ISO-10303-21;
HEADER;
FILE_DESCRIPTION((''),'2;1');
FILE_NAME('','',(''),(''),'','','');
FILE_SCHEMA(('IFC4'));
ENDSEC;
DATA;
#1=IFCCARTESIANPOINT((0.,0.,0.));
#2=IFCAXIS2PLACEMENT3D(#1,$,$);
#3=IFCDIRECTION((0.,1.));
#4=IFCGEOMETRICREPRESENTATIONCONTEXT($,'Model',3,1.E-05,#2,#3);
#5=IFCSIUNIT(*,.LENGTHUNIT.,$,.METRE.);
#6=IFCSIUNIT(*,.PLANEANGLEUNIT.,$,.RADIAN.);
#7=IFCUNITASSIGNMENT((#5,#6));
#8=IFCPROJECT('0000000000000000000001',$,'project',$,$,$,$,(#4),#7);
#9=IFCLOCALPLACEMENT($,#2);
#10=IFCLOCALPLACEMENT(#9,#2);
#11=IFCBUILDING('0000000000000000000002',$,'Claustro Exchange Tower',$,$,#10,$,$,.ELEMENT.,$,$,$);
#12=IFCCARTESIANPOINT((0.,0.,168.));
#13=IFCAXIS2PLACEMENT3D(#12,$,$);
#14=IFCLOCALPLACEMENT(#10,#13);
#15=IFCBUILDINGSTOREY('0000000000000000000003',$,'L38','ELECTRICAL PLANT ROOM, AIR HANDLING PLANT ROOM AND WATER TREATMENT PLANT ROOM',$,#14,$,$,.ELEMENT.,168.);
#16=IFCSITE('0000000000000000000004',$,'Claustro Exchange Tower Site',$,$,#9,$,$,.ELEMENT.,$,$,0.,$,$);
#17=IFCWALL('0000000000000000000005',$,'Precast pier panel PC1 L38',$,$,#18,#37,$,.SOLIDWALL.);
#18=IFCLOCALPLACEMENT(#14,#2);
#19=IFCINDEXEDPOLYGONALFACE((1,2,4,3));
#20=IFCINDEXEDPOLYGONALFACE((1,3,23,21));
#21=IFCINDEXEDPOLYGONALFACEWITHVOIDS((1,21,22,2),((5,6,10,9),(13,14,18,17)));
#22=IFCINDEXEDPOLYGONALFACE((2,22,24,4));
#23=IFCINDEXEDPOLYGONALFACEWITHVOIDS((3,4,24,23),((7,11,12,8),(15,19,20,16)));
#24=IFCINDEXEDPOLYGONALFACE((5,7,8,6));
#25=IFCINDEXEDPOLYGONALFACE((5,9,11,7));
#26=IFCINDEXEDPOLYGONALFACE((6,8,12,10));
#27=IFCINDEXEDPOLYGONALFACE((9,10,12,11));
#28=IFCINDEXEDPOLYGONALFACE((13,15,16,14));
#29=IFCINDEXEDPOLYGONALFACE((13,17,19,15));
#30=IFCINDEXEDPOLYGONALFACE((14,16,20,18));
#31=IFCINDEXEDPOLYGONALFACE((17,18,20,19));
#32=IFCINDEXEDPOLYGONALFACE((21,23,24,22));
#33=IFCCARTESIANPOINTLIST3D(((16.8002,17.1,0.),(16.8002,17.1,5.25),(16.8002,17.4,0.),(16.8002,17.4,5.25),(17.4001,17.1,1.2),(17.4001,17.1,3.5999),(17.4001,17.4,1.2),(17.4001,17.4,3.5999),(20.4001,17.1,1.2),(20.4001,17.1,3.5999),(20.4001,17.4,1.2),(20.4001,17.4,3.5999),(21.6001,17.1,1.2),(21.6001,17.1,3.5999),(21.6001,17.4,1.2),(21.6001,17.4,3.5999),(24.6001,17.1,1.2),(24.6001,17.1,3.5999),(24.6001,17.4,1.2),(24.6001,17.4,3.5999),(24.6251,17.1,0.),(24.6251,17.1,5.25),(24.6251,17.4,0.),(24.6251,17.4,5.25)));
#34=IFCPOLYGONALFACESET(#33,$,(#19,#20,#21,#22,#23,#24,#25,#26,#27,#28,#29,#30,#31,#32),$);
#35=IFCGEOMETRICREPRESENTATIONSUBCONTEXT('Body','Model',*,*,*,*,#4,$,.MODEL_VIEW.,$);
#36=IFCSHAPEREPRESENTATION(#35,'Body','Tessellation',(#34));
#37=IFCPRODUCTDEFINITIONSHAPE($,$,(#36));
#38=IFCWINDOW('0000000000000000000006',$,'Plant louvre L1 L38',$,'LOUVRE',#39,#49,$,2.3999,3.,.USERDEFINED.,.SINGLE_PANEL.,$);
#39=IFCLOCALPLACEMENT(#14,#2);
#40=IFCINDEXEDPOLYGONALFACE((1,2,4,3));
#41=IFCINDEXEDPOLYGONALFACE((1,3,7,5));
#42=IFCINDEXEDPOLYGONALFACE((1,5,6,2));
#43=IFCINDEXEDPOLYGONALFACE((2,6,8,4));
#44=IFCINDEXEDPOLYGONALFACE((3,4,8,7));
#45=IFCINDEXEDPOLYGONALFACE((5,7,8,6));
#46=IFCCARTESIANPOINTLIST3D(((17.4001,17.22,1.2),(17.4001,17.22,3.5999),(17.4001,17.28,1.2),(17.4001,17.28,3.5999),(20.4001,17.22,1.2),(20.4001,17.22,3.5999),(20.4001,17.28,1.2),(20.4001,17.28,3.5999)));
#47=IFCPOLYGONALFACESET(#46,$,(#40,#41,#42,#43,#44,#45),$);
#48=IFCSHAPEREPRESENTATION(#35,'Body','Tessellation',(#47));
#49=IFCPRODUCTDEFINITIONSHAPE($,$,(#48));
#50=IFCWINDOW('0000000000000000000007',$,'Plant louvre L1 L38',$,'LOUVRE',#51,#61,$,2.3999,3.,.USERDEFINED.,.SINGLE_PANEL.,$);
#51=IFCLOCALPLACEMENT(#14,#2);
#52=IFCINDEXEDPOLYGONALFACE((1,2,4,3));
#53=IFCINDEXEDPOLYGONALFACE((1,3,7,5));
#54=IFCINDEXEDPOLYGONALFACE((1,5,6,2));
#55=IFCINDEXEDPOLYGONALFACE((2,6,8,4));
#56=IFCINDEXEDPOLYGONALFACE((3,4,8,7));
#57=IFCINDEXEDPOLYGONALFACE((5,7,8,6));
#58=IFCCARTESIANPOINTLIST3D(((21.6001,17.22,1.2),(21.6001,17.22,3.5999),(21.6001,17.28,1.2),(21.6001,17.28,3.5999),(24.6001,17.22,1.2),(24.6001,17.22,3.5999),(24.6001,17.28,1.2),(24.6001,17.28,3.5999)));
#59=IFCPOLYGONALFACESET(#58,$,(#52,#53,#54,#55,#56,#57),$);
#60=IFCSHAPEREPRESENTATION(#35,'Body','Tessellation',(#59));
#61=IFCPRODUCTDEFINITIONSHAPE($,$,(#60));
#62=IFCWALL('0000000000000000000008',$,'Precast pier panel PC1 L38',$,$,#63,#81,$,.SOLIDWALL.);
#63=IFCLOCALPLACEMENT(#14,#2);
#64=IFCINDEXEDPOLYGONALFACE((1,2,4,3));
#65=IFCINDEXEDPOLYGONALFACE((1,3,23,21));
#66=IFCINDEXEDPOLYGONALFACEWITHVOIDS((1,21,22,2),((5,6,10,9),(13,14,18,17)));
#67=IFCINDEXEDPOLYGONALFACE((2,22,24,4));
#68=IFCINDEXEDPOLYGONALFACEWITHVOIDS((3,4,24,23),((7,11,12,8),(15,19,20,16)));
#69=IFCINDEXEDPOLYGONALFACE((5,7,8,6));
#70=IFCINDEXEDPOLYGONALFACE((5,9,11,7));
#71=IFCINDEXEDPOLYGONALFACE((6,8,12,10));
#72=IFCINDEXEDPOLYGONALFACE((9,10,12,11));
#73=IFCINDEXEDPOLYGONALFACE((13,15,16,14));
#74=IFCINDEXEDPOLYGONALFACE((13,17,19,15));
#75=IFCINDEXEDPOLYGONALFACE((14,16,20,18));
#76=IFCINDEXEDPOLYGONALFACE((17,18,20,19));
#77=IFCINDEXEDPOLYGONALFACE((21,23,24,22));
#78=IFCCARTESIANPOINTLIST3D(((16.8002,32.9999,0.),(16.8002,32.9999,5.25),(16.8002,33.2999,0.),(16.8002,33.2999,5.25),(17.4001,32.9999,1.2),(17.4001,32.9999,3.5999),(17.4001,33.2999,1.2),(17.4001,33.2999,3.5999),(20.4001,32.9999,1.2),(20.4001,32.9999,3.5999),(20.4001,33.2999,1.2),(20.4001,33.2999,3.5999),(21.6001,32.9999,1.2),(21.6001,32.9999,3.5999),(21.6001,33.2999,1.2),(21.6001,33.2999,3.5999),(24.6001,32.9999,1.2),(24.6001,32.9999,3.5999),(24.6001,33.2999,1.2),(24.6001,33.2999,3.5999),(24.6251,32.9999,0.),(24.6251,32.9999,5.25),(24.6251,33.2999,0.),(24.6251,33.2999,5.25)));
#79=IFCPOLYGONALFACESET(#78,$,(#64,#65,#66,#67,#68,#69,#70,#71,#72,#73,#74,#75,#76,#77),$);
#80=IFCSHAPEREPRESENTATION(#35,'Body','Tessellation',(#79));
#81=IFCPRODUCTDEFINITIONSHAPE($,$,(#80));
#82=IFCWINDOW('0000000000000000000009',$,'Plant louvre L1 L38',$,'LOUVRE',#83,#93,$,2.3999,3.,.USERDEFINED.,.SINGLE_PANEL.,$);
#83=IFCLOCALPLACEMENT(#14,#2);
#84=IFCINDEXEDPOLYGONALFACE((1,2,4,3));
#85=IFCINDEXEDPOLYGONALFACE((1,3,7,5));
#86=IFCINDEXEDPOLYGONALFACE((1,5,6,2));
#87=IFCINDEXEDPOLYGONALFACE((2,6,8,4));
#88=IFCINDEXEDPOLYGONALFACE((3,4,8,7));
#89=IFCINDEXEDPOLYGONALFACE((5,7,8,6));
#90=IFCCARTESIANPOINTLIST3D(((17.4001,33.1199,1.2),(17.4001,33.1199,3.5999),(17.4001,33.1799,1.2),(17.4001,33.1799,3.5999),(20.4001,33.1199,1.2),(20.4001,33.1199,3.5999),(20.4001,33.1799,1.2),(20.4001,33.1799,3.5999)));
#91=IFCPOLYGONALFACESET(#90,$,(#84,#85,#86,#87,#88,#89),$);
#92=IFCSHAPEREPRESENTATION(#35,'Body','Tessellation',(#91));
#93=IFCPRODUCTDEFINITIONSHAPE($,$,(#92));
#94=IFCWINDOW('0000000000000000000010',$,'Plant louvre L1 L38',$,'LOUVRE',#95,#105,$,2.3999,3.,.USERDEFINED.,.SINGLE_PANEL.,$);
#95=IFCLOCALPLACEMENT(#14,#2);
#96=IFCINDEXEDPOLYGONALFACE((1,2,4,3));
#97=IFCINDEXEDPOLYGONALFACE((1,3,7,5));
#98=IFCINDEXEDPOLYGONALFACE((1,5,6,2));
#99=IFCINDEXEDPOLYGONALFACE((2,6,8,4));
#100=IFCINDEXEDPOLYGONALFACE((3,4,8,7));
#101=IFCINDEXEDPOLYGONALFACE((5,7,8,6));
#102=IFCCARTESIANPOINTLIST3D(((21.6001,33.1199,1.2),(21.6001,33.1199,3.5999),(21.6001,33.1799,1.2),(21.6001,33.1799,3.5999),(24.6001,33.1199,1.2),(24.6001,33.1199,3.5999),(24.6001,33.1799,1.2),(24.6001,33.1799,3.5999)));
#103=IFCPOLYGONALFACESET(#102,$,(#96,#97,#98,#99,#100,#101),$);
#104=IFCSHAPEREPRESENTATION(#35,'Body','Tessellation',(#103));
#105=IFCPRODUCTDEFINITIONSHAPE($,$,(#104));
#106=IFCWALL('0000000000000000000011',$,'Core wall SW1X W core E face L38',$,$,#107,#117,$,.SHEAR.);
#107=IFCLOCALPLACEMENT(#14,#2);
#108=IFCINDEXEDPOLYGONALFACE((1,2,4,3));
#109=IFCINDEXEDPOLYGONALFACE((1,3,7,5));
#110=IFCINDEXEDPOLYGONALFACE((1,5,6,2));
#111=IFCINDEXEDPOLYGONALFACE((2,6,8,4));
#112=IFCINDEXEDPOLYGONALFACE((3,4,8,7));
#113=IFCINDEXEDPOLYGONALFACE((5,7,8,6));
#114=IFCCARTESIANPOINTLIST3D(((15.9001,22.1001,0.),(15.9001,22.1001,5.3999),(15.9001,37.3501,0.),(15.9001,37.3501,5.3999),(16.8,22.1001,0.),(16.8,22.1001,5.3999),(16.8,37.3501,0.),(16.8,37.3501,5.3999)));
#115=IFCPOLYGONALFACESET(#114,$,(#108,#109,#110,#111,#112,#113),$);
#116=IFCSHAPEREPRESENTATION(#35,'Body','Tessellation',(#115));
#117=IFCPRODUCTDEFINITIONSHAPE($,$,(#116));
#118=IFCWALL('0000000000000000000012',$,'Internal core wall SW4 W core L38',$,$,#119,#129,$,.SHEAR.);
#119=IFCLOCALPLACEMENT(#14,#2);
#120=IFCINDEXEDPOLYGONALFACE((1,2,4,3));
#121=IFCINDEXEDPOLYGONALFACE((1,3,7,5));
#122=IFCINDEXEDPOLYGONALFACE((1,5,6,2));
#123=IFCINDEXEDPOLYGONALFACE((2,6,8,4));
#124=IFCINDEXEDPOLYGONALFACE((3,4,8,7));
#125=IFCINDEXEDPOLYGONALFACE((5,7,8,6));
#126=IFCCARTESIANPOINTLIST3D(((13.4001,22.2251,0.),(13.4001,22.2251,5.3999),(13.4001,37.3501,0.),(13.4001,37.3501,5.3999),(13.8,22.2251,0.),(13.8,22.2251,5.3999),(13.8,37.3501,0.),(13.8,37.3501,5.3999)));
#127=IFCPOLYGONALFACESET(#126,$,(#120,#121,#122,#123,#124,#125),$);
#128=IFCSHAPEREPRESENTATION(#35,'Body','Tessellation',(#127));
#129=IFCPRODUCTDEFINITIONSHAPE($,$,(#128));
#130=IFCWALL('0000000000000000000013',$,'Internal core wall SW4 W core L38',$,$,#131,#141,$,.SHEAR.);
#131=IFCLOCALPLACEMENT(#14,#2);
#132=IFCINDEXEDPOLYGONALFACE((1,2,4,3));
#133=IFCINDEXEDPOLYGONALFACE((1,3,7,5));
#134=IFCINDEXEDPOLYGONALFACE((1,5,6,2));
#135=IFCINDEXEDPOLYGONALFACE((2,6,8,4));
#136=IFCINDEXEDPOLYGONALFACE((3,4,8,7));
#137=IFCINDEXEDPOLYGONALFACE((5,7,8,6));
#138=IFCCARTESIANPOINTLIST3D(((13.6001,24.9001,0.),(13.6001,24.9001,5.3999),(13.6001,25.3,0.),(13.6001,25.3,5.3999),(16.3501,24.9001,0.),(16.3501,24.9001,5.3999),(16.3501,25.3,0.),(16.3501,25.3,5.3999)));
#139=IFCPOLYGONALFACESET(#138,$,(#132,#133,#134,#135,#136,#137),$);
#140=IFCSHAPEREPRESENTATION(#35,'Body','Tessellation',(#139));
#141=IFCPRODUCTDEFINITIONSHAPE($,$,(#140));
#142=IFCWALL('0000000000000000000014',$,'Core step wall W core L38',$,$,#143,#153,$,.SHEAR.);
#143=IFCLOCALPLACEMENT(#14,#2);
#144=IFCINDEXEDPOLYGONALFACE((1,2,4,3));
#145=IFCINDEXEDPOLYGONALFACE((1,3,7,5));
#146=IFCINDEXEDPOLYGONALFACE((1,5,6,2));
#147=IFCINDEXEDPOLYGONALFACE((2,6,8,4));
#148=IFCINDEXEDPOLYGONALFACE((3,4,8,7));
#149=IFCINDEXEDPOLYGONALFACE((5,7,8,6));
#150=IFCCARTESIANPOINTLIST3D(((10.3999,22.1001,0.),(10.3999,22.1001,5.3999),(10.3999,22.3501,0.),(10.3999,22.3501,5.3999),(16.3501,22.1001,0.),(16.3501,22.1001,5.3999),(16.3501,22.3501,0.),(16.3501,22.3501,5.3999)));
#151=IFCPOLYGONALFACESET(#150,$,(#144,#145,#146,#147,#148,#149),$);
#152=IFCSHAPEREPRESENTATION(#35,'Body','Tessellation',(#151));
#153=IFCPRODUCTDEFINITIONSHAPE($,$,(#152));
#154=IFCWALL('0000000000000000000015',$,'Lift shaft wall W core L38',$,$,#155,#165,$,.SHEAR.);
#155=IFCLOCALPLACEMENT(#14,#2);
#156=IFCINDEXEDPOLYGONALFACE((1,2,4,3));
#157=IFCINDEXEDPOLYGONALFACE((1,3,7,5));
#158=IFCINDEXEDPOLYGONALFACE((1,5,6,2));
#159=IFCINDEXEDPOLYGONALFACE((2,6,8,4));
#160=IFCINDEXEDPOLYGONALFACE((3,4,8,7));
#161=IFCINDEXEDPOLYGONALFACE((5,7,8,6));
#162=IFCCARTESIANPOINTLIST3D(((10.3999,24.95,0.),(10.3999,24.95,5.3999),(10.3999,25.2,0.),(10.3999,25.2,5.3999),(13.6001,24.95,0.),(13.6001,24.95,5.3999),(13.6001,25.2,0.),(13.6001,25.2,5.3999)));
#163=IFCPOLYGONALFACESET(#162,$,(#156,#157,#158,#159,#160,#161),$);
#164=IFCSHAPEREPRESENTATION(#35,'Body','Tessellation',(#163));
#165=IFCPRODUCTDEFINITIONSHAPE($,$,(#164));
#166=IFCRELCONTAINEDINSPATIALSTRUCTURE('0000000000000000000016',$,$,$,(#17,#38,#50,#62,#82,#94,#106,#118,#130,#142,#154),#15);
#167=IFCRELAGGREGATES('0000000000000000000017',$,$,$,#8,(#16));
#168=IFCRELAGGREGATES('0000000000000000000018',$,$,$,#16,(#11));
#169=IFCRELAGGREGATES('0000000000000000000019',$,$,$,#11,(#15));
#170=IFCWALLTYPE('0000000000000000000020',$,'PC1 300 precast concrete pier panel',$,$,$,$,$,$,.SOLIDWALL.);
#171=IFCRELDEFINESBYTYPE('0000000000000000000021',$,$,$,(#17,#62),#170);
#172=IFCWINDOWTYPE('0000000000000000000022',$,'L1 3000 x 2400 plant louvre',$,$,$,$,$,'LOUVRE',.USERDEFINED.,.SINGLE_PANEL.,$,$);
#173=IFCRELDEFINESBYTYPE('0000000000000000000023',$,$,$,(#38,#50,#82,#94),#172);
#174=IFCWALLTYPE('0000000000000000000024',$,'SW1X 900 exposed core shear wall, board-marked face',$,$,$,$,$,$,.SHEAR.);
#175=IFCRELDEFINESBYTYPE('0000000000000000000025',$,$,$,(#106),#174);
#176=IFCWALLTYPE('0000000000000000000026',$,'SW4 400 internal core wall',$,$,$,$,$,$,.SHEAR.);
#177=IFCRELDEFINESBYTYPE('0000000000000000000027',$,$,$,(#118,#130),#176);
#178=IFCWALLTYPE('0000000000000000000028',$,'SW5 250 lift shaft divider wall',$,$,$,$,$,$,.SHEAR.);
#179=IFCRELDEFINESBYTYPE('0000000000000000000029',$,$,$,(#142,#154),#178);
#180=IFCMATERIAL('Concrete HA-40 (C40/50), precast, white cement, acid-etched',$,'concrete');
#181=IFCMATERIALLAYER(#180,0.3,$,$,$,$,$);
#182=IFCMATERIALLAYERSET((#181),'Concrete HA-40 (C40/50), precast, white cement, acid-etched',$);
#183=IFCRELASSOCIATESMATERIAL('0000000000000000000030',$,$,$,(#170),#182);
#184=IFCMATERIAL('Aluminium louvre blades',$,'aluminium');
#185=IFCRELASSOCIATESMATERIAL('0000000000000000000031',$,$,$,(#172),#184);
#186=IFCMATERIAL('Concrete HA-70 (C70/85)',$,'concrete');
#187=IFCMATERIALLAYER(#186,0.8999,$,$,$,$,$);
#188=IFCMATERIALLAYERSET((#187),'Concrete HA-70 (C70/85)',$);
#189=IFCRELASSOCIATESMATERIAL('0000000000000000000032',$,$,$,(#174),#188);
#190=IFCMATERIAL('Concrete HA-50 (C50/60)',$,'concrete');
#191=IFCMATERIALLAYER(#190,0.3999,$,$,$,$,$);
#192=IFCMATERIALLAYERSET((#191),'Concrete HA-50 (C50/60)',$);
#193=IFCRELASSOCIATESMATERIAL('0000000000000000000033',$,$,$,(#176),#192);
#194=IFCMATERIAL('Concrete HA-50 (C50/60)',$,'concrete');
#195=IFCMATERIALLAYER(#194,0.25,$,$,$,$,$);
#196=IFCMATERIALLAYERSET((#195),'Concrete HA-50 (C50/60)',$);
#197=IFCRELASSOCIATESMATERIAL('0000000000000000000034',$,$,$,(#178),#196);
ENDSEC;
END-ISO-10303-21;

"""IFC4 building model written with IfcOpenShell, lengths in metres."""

from ifc_helpers import new_model, si_unit, direction, frame, frame_2d, origin, place, context, subcontext, project, spatial, rectangle, extrude, material, layer, layer_set, type_object, element, fill, save


model = new_model("IFC4")

# Units and contexts
model_context = context("Model", 3, precision=1e-05, world=origin(), true_north=direction((0.0, 1.0)))
body_context = subcontext(model_context, "Body", "Model", "MODEL_VIEW")
ifc_project = project(units=[si_unit("LENGTHUNIT", "METRE"), si_unit("PLANEANGLEUNIT", "RADIAN")], contexts=[model_context])

# Site, building, storey
site_placement = place(None, origin())
site = spatial("IfcSite", under=ifc_project, at=site_placement, Name="Claustro Exchange Tower Site", CompositionType="ELEMENT", RefElevation=0.0)
building_placement = place(site_placement, origin())
building = spatial("IfcBuilding", under=site, at=building_placement, Name="Claustro Exchange Tower", CompositionType="ELEMENT")
storey_placement = place(building_placement, frame((0.0, 0.0, 168.0)))
storey = spatial("IfcBuildingStorey", under=building, at=storey_placement, Name="L38", Description="ELECTRICAL PLANT ROOM, AIR HANDLING PLANT ROOM AND WATER TREATMENT PLANT ROOM", CompositionType="ELEMENT", Elevation=168.0)

# Shared definitions
ifc_material_1 = material(Name="Concrete HA-40 (C40/50), precast, white cement, acid-etched", Category="concrete")
ifc_layer_1 = layer(ifc_material_1, 0.3)
ifc_layer_set_1 = layer_set([ifc_layer_1], Name="Concrete HA-40 (C40/50), precast, white cement, acid-etched")
wall_type_1 = type_object("IfcWallType", Name="PC1 300 precast concrete pier panel", PredefinedType="SOLIDWALL", material=ifc_layer_set_1)

# Walls, openings, windows
wall_1_placement = place(storey_placement, frame((16.8, 17.25, 0.0), z_axis=(0.0, 0.0, 1.0), x_axis=(1.0, 0.0, 0.0)))
wall_1 = element("IfcWall", 1, at=wall_1_placement, inside=storey, type_object=wall_type_1, Name="Precast pier panel PC1 L38", PredefinedType="SOLIDWALL", context=body_context, shape_type="SweptSolid", body=[
    extrude(rectangle(XDim=7.825, YDim=0.3, at=frame_2d((3.9126, 0.0))), origin(), (0.0, 0.0, 1.0), 5.25),
])
opening_1_placement = place(wall_1_placement, frame((0.6001, 0.0, 1.2)))
opening_1 = element("IfcOpeningElement", 2, at=opening_1_placement, cuts=wall_1, PredefinedType="OPENING", context=body_context, shape_type="SweptSolid", body=[
    extrude(rectangle(XDim=3.0, YDim=2.3999, at=frame_2d((1.5, 1.2))), frame((0.0, 0.1599, 0.0), z_axis=(0.0, -1.0, 0.0), x_axis=(1.0, 0.0, 0.0)), (0.0, 0.0, 1.0), 0.3201),
])
opening_2_placement = place(wall_1_placement, frame((4.8, 0.0, 1.2)))
opening_2 = element("IfcOpeningElement", 3, at=opening_2_placement, cuts=wall_1, PredefinedType="OPENING", context=body_context, shape_type="SweptSolid", body=[
    extrude(rectangle(XDim=3.0, YDim=2.3999, at=frame_2d((1.5, 1.2))), frame((0.0, 0.1599, 0.0), z_axis=(0.0, -1.0, 0.0), x_axis=(1.0, 0.0, 0.0)), (0.0, 0.0, 1.0), 0.3201),
])
ifc_material_2 = material(Name="Aluminium louvre blades", Category="aluminium")
window_type_1 = type_object("IfcWindowType", Name="L1 3000 x 2400 plant louvre", ElementType="LOUVRE", PartitioningType="SINGLE_PANEL", PredefinedType="USERDEFINED", material=ifc_material_2)
window_1_placement = place(opening_1_placement, origin())
window_1 = element("IfcWindow", 4, at=window_1_placement, inside=storey, type_object=window_type_1, Name="Plant louvre L1 L38", ObjectType="LOUVRE", OverallHeight=2.3999, OverallWidth=3.0, PartitioningType="SINGLE_PANEL", PredefinedType="USERDEFINED", context=body_context, shape_type="SweptSolid", body=[
    extrude(rectangle(XDim=3.0, YDim=2.3999, at=frame_2d((1.5, 1.2))), frame((0.0, 0.03, 0.0), z_axis=(0.0, -1.0, 0.0), x_axis=(1.0, 0.0, 0.0)), (0.0, 0.0, 1.0), 0.0601),
])
fill(opening_1, window_1)
window_2_placement = place(opening_2_placement, origin())
window_2 = element("IfcWindow", 5, at=window_2_placement, inside=storey, type_object=window_type_1, Name="Plant louvre L1 L38", ObjectType="LOUVRE", OverallHeight=2.3999, OverallWidth=3.0, PartitioningType="SINGLE_PANEL", PredefinedType="USERDEFINED", context=body_context, shape_type="SweptSolid", body=[
    extrude(rectangle(XDim=3.0, YDim=2.3999, at=frame_2d((1.5, 1.2))), frame((0.0, 0.03, 0.0), z_axis=(0.0, -1.0, 0.0), x_axis=(1.0, 0.0, 0.0)), (0.0, 0.0, 1.0), 0.0601),
])
fill(opening_2, window_2)
wall_2_placement = place(storey_placement, frame((16.8, 33.1499, 0.0), z_axis=(0.0, 0.0, 1.0), x_axis=(1.0, 0.0, 0.0)))
wall_2 = element("IfcWall", 6, at=wall_2_placement, inside=storey, type_object=wall_type_1, Name="Precast pier panel PC1 L38", PredefinedType="SOLIDWALL", context=body_context, shape_type="SweptSolid", body=[
    extrude(rectangle(XDim=7.825, YDim=0.3, at=frame_2d((3.9126, 0.0))), origin(), (0.0, 0.0, 1.0), 5.25),
])
opening_3_placement = place(wall_2_placement, frame((0.6001, 0.0, 1.2)))
opening_3 = element("IfcOpeningElement", 7, at=opening_3_placement, cuts=wall_2, PredefinedType="OPENING", context=body_context, shape_type="SweptSolid", body=[
    extrude(rectangle(XDim=3.0, YDim=2.3999, at=frame_2d((1.5, 1.2))), frame((0.0, 0.1599, 0.0), z_axis=(0.0, -1.0, 0.0), x_axis=(1.0, 0.0, 0.0)), (0.0, 0.0, 1.0), 0.3201),
])
opening_4_placement = place(wall_2_placement, frame((4.8, 0.0, 1.2)))
opening_4 = element("IfcOpeningElement", 8, at=opening_4_placement, cuts=wall_2, PredefinedType="OPENING", context=body_context, shape_type="SweptSolid", body=[
    extrude(rectangle(XDim=3.0, YDim=2.3999, at=frame_2d((1.5, 1.2))), frame((0.0, 0.1599, 0.0), z_axis=(0.0, -1.0, 0.0), x_axis=(1.0, 0.0, 0.0)), (0.0, 0.0, 1.0), 0.3201),
])
window_3_placement = place(opening_3_placement, origin())
window_3 = element("IfcWindow", 9, at=window_3_placement, inside=storey, type_object=window_type_1, Name="Plant louvre L1 L38", ObjectType="LOUVRE", OverallHeight=2.3999, OverallWidth=3.0, PartitioningType="SINGLE_PANEL", PredefinedType="USERDEFINED", context=body_context, shape_type="SweptSolid", body=[
    extrude(rectangle(XDim=3.0, YDim=2.3999, at=frame_2d((1.5, 1.2))), frame((0.0, 0.03, 0.0), z_axis=(0.0, -1.0, 0.0), x_axis=(1.0, 0.0, 0.0)), (0.0, 0.0, 1.0), 0.0601),
])
fill(opening_3, window_3)
window_4_placement = place(opening_4_placement, origin())
window_4 = element("IfcWindow", 10, at=window_4_placement, inside=storey, type_object=window_type_1, Name="Plant louvre L1 L38", ObjectType="LOUVRE", OverallHeight=2.3999, OverallWidth=3.0, PartitioningType="SINGLE_PANEL", PredefinedType="USERDEFINED", context=body_context, shape_type="SweptSolid", body=[
    extrude(rectangle(XDim=3.0, YDim=2.3999, at=frame_2d((1.5, 1.2))), frame((0.0, 0.03, 0.0), z_axis=(0.0, -1.0, 0.0), x_axis=(1.0, 0.0, 0.0)), (0.0, 0.0, 1.0), 0.0601),
])
fill(opening_4, window_4)

# Walls
ifc_material_3 = material(Name="Concrete HA-70 (C70/85)", Category="concrete")
ifc_layer_2 = layer(ifc_material_3, 0.8999)
ifc_layer_set_2 = layer_set([ifc_layer_2], Name="Concrete HA-70 (C70/85)")
wall_type_2 = type_object("IfcWallType", Name="SW1X 900 exposed core shear wall, board-marked face", PredefinedType="SHEAR", material=ifc_layer_set_2)
wall_3_placement = place(storey_placement, frame((16.3501, 22.1001, 0.0), z_axis=(0.0, 0.0, 1.0), x_axis=(0.0, 1.0, 0.0)))
element("IfcWall", 11, at=wall_3_placement, inside=storey, type_object=wall_type_2, Name="Core wall SW1X W core E face L38", PredefinedType="SHEAR", context=body_context, shape_type="SweptSolid", body=[
    extrude(rectangle(XDim=15.25, YDim=0.8999, at=frame_2d((7.625, 0.0))), origin(), (0.0, 0.0, 1.0), 5.3999),
])
ifc_material_4 = material(Name="Concrete HA-50 (C50/60)", Category="concrete")
ifc_layer_3 = layer(ifc_material_4, 0.3999)
ifc_layer_set_3 = layer_set([ifc_layer_3], Name="Concrete HA-50 (C50/60)")
wall_type_3 = type_object("IfcWallType", Name="SW4 400 internal core wall", PredefinedType="SHEAR", material=ifc_layer_set_3)
wall_4_placement = place(storey_placement, frame((13.6001, 22.2251, 0.0), z_axis=(0.0, 0.0, 1.0), x_axis=(0.0, 1.0, 0.0)))
element("IfcWall", 12, at=wall_4_placement, inside=storey, type_object=wall_type_3, Name="Internal core wall SW4 W core L38", PredefinedType="SHEAR", context=body_context, shape_type="SweptSolid", body=[
    extrude(rectangle(XDim=15.125, YDim=0.3999, at=frame_2d((7.5625, 0.0))), origin(), (0.0, 0.0, 1.0), 5.3999),
])
wall_5_placement = place(storey_placement, frame((13.6001, 25.1001, 0.0), z_axis=(0.0, 0.0, 1.0), x_axis=(1.0, 0.0, 0.0)))
element("IfcWall", 13, at=wall_5_placement, inside=storey, type_object=wall_type_3, Name="Internal core wall SW4 W core L38", PredefinedType="SHEAR", context=body_context, shape_type="SweptSolid", body=[
    extrude(rectangle(XDim=2.75, YDim=0.3999, at=frame_2d((1.375, 0.0))), origin(), (0.0, 0.0, 1.0), 5.3999),
])
ifc_material_5 = material(Name="Concrete HA-50 (C50/60)", Category="concrete")
ifc_layer_4 = layer(ifc_material_5, 0.25)
ifc_layer_set_4 = layer_set([ifc_layer_4], Name="Concrete HA-50 (C50/60)")
wall_type_4 = type_object("IfcWallType", Name="SW5 250 lift shaft divider wall", PredefinedType="SHEAR", material=ifc_layer_set_4)
wall_6_placement = place(storey_placement, frame((10.3999, 22.2251, 0.0), z_axis=(0.0, 0.0, 1.0), x_axis=(1.0, 0.0, 0.0)))
element("IfcWall", 14, at=wall_6_placement, inside=storey, type_object=wall_type_4, Name="Core step wall W core L38", PredefinedType="SHEAR", context=body_context, shape_type="SweptSolid", body=[
    extrude(rectangle(XDim=5.9502, YDim=0.25, at=frame_2d((2.9751, 0.0))), origin(), (0.0, 0.0, 1.0), 5.3999),
])
for number, where, z_axis, x_axis, name in (
    (15, (10.3999, 25.075, 0.0), (0.0, 0.0, 1.0), (1.0, 0.0, 0.0), "Lift shaft wall W core L38"),
):
    element("IfcWall", number, at=place(storey_placement, frame(where, z_axis=z_axis, x_axis=x_axis)), inside=storey, type_object=wall_type_4, Name=name, PredefinedType="SHEAR", context=body_context, shape_type="SweptSolid", body=[
        extrude(rectangle(XDim=3.2002, YDim=0.25, at=frame_2d((1.6001, 0.0))), origin(), (0.0, 0.0, 1.0), 5.3999),
    ])

save(model, "model.ifc")
